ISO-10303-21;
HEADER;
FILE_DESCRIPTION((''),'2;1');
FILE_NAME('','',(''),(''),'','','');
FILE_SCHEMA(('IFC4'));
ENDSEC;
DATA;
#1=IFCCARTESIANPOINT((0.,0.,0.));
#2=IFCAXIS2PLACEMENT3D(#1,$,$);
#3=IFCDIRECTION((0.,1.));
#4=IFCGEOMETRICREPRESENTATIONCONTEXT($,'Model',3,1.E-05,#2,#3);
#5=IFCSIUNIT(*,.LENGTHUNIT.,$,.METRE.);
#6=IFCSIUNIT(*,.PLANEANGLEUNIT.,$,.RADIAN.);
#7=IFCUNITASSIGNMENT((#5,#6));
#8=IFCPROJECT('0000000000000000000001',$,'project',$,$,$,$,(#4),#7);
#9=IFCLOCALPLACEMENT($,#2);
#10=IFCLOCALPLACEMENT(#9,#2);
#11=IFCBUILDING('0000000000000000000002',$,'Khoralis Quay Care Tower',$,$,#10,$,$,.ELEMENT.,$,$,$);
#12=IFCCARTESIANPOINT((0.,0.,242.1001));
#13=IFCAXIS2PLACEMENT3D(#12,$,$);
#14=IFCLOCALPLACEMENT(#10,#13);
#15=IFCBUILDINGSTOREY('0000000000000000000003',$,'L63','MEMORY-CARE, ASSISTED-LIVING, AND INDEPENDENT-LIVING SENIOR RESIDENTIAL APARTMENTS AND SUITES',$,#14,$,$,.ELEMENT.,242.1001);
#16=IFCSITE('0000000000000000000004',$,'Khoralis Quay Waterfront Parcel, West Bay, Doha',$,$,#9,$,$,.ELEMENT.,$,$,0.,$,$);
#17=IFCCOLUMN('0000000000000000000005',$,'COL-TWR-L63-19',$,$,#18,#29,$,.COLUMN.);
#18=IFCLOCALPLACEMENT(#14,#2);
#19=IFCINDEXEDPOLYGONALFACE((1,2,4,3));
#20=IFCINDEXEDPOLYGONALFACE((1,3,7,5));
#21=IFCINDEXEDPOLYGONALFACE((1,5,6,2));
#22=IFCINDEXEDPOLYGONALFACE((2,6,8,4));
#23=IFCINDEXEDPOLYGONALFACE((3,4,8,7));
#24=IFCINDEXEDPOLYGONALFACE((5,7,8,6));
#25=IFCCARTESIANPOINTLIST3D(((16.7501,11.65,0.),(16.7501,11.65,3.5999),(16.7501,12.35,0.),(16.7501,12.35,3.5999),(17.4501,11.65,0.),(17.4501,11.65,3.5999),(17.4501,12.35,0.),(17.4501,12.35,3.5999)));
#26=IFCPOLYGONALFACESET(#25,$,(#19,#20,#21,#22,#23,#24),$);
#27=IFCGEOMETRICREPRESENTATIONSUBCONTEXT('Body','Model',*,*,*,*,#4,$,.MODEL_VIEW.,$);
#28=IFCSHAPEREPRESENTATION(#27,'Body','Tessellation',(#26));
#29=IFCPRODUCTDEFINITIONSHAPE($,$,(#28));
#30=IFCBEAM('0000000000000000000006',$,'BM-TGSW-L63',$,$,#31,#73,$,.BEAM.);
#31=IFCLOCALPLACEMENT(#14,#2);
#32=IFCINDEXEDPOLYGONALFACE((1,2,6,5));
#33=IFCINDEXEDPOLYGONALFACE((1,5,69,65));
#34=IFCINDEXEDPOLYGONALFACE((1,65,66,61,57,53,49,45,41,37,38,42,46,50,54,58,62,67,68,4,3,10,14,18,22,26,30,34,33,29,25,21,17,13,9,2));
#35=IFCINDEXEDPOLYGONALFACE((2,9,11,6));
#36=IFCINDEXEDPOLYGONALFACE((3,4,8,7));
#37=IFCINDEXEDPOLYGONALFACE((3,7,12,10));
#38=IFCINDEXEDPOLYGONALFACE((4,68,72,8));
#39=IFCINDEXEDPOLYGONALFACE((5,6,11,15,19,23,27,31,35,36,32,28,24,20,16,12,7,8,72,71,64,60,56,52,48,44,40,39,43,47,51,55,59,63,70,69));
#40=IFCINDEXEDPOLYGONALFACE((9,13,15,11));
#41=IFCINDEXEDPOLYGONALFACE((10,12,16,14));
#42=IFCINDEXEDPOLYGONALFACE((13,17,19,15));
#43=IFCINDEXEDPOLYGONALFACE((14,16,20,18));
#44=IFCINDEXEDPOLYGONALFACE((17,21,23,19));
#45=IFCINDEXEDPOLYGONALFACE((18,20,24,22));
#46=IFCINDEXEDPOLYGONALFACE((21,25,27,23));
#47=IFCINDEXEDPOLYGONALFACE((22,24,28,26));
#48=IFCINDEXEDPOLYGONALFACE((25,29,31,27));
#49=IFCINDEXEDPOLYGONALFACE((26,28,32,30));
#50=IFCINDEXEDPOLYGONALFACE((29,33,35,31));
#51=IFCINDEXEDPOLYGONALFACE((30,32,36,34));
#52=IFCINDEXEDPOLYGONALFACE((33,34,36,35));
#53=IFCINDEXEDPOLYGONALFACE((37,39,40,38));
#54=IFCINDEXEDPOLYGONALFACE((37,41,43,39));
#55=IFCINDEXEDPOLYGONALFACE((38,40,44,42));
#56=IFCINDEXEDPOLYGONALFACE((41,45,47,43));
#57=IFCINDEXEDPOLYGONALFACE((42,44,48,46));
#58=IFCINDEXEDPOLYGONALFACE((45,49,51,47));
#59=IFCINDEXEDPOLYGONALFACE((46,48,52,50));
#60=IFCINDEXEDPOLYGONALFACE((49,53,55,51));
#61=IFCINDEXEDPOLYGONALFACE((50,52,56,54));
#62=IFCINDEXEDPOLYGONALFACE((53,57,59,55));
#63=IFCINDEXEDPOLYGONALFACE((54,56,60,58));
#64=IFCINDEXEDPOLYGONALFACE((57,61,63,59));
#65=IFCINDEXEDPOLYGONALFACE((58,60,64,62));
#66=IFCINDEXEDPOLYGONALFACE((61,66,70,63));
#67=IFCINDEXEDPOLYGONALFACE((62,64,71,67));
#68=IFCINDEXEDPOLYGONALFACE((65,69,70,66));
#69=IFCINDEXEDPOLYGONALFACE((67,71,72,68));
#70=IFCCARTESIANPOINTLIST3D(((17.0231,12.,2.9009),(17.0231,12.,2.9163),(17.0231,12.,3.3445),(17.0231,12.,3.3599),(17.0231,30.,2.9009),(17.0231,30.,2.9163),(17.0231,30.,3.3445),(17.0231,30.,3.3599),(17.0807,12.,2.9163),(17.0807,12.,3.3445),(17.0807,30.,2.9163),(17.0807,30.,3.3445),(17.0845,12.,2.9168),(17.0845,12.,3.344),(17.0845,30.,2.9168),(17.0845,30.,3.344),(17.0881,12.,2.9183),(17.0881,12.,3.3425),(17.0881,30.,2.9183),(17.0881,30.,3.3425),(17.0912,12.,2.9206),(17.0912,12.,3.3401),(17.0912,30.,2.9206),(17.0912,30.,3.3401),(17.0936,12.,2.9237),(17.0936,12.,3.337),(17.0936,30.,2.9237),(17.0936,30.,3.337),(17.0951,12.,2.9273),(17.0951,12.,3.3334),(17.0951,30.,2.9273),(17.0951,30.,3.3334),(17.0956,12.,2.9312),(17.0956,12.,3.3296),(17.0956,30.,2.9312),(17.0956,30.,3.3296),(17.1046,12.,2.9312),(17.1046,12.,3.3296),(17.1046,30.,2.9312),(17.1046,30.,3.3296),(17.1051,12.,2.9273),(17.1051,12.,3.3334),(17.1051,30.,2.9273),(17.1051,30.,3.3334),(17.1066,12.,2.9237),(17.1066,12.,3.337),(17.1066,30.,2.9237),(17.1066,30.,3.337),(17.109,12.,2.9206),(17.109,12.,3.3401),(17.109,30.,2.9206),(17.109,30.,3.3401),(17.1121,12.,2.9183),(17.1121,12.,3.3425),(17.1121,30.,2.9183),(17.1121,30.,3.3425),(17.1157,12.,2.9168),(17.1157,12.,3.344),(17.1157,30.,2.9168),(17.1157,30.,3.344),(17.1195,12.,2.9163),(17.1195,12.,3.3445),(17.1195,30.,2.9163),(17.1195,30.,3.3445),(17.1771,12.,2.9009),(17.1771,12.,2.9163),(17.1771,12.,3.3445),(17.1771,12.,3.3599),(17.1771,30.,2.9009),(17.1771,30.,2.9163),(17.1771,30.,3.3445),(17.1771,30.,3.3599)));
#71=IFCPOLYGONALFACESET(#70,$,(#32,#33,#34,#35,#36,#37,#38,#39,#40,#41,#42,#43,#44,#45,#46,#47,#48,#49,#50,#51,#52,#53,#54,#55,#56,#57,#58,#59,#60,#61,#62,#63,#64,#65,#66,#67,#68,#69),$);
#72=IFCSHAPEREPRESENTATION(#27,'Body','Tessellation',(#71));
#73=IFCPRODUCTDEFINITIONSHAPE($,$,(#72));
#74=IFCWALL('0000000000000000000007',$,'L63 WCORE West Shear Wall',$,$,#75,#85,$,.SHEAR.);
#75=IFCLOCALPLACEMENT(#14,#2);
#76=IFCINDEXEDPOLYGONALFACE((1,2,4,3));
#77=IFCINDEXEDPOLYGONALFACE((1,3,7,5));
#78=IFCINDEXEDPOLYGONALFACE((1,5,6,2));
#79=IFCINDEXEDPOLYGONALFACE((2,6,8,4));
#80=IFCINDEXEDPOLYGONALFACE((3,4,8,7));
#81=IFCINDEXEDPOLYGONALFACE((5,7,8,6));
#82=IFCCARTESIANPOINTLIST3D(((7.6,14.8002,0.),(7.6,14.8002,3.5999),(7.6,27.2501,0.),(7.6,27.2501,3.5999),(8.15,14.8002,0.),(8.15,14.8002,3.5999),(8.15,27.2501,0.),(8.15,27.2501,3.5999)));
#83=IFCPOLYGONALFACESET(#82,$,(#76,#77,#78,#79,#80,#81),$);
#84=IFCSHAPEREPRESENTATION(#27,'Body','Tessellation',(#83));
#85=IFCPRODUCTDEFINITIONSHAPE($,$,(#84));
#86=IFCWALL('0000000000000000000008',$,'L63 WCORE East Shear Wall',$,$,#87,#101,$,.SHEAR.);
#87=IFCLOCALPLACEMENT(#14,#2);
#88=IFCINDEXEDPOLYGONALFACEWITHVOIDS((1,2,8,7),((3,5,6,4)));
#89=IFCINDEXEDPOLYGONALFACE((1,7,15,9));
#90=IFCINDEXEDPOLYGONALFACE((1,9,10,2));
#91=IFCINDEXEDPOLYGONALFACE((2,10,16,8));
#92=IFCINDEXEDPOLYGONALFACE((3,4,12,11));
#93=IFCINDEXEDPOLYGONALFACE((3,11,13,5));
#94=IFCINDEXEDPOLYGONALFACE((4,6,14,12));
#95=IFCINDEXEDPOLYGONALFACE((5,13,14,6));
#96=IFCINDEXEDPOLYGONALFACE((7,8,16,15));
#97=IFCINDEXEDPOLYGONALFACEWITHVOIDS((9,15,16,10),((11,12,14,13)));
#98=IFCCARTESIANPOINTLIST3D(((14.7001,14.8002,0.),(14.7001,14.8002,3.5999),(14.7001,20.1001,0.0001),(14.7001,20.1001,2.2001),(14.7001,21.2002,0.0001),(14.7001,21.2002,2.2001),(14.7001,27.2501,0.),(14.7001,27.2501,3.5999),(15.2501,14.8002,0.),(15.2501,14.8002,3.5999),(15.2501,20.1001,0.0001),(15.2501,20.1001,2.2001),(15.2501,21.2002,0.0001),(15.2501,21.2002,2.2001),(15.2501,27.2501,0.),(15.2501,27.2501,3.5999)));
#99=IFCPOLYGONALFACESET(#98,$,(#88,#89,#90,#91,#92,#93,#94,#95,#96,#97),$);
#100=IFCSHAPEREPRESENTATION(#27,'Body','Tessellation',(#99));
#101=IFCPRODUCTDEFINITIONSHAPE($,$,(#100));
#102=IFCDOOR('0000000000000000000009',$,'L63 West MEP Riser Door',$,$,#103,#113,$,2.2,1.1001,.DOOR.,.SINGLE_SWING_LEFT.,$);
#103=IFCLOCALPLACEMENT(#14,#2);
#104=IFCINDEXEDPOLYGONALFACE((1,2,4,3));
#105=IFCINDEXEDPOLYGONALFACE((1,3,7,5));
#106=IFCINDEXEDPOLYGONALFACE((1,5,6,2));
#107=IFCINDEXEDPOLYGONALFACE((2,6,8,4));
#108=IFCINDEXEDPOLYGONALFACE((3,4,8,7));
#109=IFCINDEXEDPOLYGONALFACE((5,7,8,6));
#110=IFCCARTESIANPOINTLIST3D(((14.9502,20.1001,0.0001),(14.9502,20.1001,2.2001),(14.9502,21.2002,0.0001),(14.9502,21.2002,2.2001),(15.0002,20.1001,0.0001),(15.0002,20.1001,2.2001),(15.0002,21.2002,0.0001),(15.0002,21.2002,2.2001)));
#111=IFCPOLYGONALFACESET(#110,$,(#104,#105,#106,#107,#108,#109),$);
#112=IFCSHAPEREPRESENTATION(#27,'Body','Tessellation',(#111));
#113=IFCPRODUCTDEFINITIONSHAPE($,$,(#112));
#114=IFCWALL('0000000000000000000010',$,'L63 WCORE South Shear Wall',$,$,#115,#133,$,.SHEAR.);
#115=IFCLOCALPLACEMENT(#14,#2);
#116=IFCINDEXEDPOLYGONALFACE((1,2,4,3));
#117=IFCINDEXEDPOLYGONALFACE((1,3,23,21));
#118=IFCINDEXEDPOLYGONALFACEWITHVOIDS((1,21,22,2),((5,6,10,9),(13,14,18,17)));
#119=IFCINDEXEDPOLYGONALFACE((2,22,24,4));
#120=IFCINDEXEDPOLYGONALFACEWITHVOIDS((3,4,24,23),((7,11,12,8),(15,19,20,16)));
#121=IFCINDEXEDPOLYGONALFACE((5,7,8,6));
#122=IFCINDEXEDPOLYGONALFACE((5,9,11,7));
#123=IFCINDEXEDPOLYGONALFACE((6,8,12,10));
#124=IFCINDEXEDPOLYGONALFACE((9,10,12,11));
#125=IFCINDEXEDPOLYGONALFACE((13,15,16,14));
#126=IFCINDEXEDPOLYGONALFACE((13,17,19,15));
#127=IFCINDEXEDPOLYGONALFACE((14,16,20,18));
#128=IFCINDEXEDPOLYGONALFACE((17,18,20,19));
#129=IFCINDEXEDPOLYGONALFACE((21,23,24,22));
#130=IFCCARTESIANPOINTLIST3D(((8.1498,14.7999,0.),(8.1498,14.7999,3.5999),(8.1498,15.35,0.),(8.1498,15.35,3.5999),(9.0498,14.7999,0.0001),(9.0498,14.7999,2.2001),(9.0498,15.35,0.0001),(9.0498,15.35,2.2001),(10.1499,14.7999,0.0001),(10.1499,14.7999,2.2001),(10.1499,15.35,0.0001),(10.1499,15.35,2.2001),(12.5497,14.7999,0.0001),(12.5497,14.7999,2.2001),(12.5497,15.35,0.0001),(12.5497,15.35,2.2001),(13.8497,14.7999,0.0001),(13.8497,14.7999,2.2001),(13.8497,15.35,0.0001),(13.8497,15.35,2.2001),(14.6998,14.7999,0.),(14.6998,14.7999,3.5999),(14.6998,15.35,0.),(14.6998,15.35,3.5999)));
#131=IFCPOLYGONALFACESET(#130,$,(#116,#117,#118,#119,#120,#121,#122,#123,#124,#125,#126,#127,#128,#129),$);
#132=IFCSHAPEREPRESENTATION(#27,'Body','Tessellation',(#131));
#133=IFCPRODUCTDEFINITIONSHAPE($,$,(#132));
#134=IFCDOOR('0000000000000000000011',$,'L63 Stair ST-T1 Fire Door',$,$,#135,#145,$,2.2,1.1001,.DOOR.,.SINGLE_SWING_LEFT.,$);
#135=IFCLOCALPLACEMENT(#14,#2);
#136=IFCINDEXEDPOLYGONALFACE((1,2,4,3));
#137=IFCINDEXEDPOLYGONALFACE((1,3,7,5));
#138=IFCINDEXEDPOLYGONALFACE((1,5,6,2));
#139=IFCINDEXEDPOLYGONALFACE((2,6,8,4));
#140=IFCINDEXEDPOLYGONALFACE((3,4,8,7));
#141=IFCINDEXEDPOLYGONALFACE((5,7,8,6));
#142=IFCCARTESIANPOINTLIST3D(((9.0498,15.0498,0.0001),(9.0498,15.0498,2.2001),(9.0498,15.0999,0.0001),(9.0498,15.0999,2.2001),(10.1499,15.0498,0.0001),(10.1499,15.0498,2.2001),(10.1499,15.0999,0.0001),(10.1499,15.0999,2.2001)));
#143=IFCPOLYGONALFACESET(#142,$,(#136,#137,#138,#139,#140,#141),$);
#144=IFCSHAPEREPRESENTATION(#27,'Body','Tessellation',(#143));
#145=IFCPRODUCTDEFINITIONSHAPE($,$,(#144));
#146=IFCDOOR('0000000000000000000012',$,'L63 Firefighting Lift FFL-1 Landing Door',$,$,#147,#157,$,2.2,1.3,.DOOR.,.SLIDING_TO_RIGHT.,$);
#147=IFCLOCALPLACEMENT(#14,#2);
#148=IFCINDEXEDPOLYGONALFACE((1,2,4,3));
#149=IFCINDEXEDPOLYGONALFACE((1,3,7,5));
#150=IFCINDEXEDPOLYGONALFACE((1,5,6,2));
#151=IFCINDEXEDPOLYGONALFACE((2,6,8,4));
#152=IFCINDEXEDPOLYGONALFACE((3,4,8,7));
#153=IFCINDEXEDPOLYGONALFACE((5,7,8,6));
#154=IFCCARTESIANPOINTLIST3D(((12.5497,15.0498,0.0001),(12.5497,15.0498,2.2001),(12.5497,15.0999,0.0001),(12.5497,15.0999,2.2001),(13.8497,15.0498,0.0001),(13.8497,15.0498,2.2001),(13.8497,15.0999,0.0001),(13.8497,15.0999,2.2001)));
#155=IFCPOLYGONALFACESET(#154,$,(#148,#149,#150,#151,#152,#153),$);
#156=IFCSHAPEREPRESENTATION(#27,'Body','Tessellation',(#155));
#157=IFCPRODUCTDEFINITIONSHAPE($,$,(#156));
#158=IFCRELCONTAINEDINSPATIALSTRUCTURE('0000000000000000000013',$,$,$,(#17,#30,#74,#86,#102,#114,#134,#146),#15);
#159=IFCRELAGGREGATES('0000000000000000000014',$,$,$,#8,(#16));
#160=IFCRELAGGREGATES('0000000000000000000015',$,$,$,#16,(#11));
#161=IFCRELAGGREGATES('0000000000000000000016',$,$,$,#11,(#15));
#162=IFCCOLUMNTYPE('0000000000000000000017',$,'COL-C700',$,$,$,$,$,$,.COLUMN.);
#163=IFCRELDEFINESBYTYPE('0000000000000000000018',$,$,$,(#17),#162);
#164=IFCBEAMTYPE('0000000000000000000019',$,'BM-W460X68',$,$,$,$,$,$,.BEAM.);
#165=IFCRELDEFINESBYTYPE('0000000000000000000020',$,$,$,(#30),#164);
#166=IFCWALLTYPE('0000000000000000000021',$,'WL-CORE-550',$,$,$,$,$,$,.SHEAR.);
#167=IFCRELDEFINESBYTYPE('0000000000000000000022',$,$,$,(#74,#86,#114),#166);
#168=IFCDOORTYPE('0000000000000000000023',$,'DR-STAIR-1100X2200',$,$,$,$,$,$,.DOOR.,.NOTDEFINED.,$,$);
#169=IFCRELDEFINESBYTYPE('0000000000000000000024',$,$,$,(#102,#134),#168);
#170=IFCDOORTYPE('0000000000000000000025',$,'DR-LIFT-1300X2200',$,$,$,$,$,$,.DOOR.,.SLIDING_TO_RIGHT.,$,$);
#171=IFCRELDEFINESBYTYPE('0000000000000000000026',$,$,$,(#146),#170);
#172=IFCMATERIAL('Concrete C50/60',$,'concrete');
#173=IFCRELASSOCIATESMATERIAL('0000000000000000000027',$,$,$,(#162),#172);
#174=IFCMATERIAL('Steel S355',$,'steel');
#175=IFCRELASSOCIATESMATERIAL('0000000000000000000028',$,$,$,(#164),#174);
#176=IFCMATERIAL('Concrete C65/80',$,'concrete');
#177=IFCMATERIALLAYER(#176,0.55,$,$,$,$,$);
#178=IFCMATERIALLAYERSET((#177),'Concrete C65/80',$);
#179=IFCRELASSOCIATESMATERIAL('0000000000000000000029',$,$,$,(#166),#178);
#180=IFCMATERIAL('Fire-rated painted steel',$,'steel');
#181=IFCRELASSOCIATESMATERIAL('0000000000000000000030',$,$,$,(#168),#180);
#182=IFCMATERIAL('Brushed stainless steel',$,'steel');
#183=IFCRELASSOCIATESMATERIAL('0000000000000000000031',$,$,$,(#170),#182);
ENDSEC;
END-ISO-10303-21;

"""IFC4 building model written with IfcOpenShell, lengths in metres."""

from ifc_helpers import new_model, si_unit, direction, frame, frame_2d, origin, origin_2d, place, context, subcontext, project, spatial, rectangle, i_section, extrude, source, transform, mapped, material, layer, layer_set, material_profile, profile_set, type_object, element, fill, save


model = new_model("IFC4")

# Units and contexts
model_context = context("Model", 3, precision=1e-05, world=origin(), true_north=direction((0.0, 1.0)))
body_context = subcontext(model_context, "Body", "Model", "MODEL_VIEW")
ifc_project = project(units=[si_unit("LENGTHUNIT", "METRE"), si_unit("PLANEANGLEUNIT", "RADIAN")], contexts=[model_context])

# Site, building, storey
site_placement = place(None, origin())
site = spatial("IfcSite", under=ifc_project, at=site_placement, Name="Khoralis Quay Waterfront Parcel, West Bay, Doha", CompositionType="ELEMENT", RefElevation=0.0)
building_placement = place(site_placement, origin())
building = spatial("IfcBuilding", under=site, at=building_placement, Name="Khoralis Quay Care Tower", CompositionType="ELEMENT")
storey_placement = place(building_placement, frame((0.0, 0.0, 242.1001)))
storey = spatial("IfcBuildingStorey", under=building, at=storey_placement, Name="L63", Description="MEMORY-CARE, ASSISTED-LIVING, AND INDEPENDENT-LIVING SENIOR RESIDENTIAL APARTMENTS AND SUITES", CompositionType="ELEMENT", Elevation=242.1001)

# Column
ifc_material_1 = material(Name="Concrete C50/60", Category="concrete")
ifc_material_profile_1 = material_profile(ifc_material_1, rectangle(XDim=0.7, YDim=0.7, at=origin_2d()), Name="Concrete C50/60")
ifc_profile_set_1 = profile_set([ifc_material_profile_1], Name="Concrete C50/60")
column_type = type_object("IfcColumnType", Name="COL-C700", PredefinedType="COLUMN", material=ifc_profile_set_1)
shared_shape_1 = source(origin(), body_context, "Body", "SweptSolid", [
    extrude(rectangle(XDim=0.7, YDim=0.7, at=origin_2d()), origin(), (0.0, 0.0, 1.0), 3.5999),
])
column_placement = place(storey_placement, frame((17.1001, 12.0, 0.0), z_axis=(0.0, 0.0, 1.0), x_axis=(1.0, 0.0, 0.0)))
element("IfcColumn", 1, at=column_placement, inside=storey, type_object=column_type, Name="COL-TWR-L63-19", PredefinedType="COLUMN", context=body_context, shape_type="MappedRepresentation", body=[
    mapped(shared_shape_1, transform((0.0, 0.0, 0.0), scale=1.0)),
])

# Beam
ifc_material_2 = material(Name="Steel S355", Category="steel")
ifc_material_profile_2 = material_profile(ifc_material_2, i_section(OverallWidth=0.1541, OverallDepth=0.459, WebThickness=0.009, FlangeThickness=0.0154, FilletRadius=0.0149, at=origin_2d()), Name="Steel S355")
ifc_profile_set_2 = profile_set([ifc_material_profile_2], Name="Steel S355")
beam_type = type_object("IfcBeamType", Name="BM-W460X68", PredefinedType="BEAM", material=ifc_profile_set_2)
shared_shape_2 = source(origin(), body_context, "Body", "SweptSolid", [
    extrude(i_section(OverallWidth=0.1541, OverallDepth=0.459, WebThickness=0.009, FlangeThickness=0.0154, FilletRadius=0.0149, at=origin_2d()), origin(), (0.0, 0.0, 1.0), 18.0),
])
beam_placement = place(storey_placement, frame((17.1001, 12.0, 3.1304), z_axis=(0.0, 1.0, 0.0), x_axis=(-1.0, 0.0, 0.0)))
element("IfcBeam", 2, at=beam_placement, inside=storey, type_object=beam_type, Name="BM-TGSW-L63", PredefinedType="BEAM", context=body_context, shape_type="MappedRepresentation", body=[
    mapped(shared_shape_2, transform((0.0, 0.0, 0.0), scale=1.0)),
])

# Wall
ifc_material_3 = material(Name="Concrete C65/80", Category="concrete")
ifc_layer_1 = layer(ifc_material_3, 0.55)
ifc_layer_set_1 = layer_set([ifc_layer_1], Name="Concrete C65/80")
wall_type_1 = type_object("IfcWallType", Name="WL-CORE-550", PredefinedType="SHEAR", material=ifc_layer_set_1)
wall_1_placement = place(storey_placement, frame((7.875, 14.8, 0.0), z_axis=(0.0, 0.0, 1.0), x_axis=(0.0, 1.0, 0.0)))
element("IfcWall", 3, at=wall_1_placement, inside=storey, type_object=wall_type_1, Name="L63 WCORE West Shear Wall", PredefinedType="SHEAR", context=body_context, shape_type="SweptSolid", body=[
    extrude(rectangle(XDim=12.45, YDim=0.55, at=frame_2d((6.2251, 0.0))), origin(), (0.0, 0.0, 1.0), 3.5999),
])

# Wall, opening, door
wall_2_placement = place(storey_placement, frame((14.9751, 14.8, 0.0), z_axis=(0.0, 0.0, 1.0), x_axis=(0.0, 1.0, 0.0)))
wall_2 = element("IfcWall", 4, at=wall_2_placement, inside=storey, type_object=wall_type_1, Name="L63 WCORE East Shear Wall", PredefinedType="SHEAR", context=body_context, shape_type="SweptSolid", body=[
    extrude(rectangle(XDim=12.45, YDim=0.55, at=frame_2d((6.2251, 0.0))), origin(), (0.0, 0.0, 1.0), 3.5999),
])
opening_1_placement = place(wall_2_placement, frame((5.3, 0.0, 0.0)))
opening_1 = element("IfcOpeningElement", 5, at=opening_1_placement, cuts=wall_2, PredefinedType="OPENING", context=body_context, shape_type="SweptSolid", body=[
    extrude(rectangle(XDim=1.1001, YDim=2.2, at=frame_2d((0.55, 1.1001))), frame((0.0, 0.2852, 0.0), z_axis=(0.0, -1.0, 0.0), x_axis=(1.0, 0.0, 0.0)), (0.0, 0.0, 1.0), 0.5701),
])
ifc_material_4 = material(Name="Fire-rated painted steel", Category="steel")
door_type_1 = type_object("IfcDoorType", Name="DR-STAIR-1100X2200", OperationType="NOTDEFINED", PredefinedType="DOOR", material=ifc_material_4)
shared_shape_3 = source(origin(), body_context, "Body", "SweptSolid", [
    extrude(rectangle(XDim=1.1001, YDim=2.2, at=frame_2d((0.55, 1.1001))), frame((0.0, 0.0249, 0.0), z_axis=(0.0, -1.0, 0.0), x_axis=(1.0, 0.0, 0.0)), (0.0, 0.0, 1.0), 0.05),
])
door_1_placement = place(opening_1_placement, origin())
door_1 = element("IfcDoor", 6, at=door_1_placement, inside=storey, type_object=door_type_1, Name="L63 West MEP Riser Door", OperationType="SINGLE_SWING_LEFT", OverallHeight=2.2, OverallWidth=1.1001, PredefinedType="DOOR", context=body_context, shape_type="MappedRepresentation", body=[
    mapped(shared_shape_3, transform((0.0, 0.0, 0.0), scale=1.0)),
])
fill(opening_1, door_1)

# Wall, openings, doors
wall_3_placement = place(storey_placement, frame((8.1499, 15.075, 0.0), z_axis=(0.0, 0.0, 1.0), x_axis=(1.0, 0.0, 0.0)))
wall_3 = element("IfcWall", 7, at=wall_3_placement, inside=storey, type_object=wall_type_1, Name="L63 WCORE South Shear Wall", PredefinedType="SHEAR", context=body_context, shape_type="SweptSolid", body=[
    extrude(rectangle(XDim=6.55, YDim=0.55, at=frame_2d((3.2749, 0.0))), origin(), (0.0, 0.0, 1.0), 3.5999),
])
opening_2_placement = place(wall_3_placement, frame((0.8999, 0.0, 0.0)))
opening_2 = element("IfcOpeningElement", 8, at=opening_2_placement, cuts=wall_3, PredefinedType="OPENING", context=body_context, shape_type="SweptSolid", body=[
    extrude(rectangle(XDim=1.1001, YDim=2.2, at=frame_2d((0.55, 1.1001))), frame((0.0, 0.2852, 0.0), z_axis=(0.0, -1.0, 0.0), x_axis=(1.0, 0.0, 0.0)), (0.0, 0.0, 1.0), 0.5701),
])
opening_3_placement = place(wall_3_placement, frame((4.3999, 0.0, 0.0)))
opening_3 = element("IfcOpeningElement", 9, at=opening_3_placement, cuts=wall_3, PredefinedType="OPENING", context=body_context, shape_type="SweptSolid", body=[
    extrude(rectangle(XDim=1.3, YDim=2.2, at=frame_2d((0.6499, 1.1001))), frame((0.0, 0.2852, 0.0), z_axis=(0.0, -1.0, 0.0), x_axis=(1.0, 0.0, 0.0)), (0.0, 0.0, 1.0), 0.5701),
])
door_2_placement = place(opening_2_placement, origin())
door_2 = element("IfcDoor", 10, at=door_2_placement, inside=storey, type_object=door_type_1, Name="L63 Stair ST-T1 Fire Door", OperationType="SINGLE_SWING_LEFT", OverallHeight=2.2, OverallWidth=1.1001, PredefinedType="DOOR", context=body_context, shape_type="MappedRepresentation", body=[
    mapped(shared_shape_3, transform((0.0, 0.0, 0.0), scale=1.0)),
])
fill(opening_2, door_2)
ifc_material_5 = material(Name="Brushed stainless steel", Category="steel")
door_type_2 = type_object("IfcDoorType", Name="DR-LIFT-1300X2200", OperationType="SLIDING_TO_RIGHT", PredefinedType="DOOR", material=ifc_material_5)
shared_shape_4 = source(origin(), body_context, "Body", "SweptSolid", [
    extrude(rectangle(XDim=1.3, YDim=2.2, at=frame_2d((0.6499, 1.1001))), frame((0.0, 0.0249, 0.0), z_axis=(0.0, -1.0, 0.0), x_axis=(1.0, 0.0, 0.0)), (0.0, 0.0, 1.0), 0.05),
])
door_3_placement = place(opening_3_placement, origin())
door_3 = element("IfcDoor", 11, at=door_3_placement, inside=storey, type_object=door_type_2, Name="L63 Firefighting Lift FFL-1 Landing Door", OperationType="SLIDING_TO_RIGHT", OverallHeight=2.2, OverallWidth=1.3, PredefinedType="DOOR", context=body_context, shape_type="MappedRepresentation", body=[
    mapped(shared_shape_4, transform((0.0, 0.0, 0.0), scale=1.0)),
])
fill(opening_3, door_3)

save(model, "model.ifc")
